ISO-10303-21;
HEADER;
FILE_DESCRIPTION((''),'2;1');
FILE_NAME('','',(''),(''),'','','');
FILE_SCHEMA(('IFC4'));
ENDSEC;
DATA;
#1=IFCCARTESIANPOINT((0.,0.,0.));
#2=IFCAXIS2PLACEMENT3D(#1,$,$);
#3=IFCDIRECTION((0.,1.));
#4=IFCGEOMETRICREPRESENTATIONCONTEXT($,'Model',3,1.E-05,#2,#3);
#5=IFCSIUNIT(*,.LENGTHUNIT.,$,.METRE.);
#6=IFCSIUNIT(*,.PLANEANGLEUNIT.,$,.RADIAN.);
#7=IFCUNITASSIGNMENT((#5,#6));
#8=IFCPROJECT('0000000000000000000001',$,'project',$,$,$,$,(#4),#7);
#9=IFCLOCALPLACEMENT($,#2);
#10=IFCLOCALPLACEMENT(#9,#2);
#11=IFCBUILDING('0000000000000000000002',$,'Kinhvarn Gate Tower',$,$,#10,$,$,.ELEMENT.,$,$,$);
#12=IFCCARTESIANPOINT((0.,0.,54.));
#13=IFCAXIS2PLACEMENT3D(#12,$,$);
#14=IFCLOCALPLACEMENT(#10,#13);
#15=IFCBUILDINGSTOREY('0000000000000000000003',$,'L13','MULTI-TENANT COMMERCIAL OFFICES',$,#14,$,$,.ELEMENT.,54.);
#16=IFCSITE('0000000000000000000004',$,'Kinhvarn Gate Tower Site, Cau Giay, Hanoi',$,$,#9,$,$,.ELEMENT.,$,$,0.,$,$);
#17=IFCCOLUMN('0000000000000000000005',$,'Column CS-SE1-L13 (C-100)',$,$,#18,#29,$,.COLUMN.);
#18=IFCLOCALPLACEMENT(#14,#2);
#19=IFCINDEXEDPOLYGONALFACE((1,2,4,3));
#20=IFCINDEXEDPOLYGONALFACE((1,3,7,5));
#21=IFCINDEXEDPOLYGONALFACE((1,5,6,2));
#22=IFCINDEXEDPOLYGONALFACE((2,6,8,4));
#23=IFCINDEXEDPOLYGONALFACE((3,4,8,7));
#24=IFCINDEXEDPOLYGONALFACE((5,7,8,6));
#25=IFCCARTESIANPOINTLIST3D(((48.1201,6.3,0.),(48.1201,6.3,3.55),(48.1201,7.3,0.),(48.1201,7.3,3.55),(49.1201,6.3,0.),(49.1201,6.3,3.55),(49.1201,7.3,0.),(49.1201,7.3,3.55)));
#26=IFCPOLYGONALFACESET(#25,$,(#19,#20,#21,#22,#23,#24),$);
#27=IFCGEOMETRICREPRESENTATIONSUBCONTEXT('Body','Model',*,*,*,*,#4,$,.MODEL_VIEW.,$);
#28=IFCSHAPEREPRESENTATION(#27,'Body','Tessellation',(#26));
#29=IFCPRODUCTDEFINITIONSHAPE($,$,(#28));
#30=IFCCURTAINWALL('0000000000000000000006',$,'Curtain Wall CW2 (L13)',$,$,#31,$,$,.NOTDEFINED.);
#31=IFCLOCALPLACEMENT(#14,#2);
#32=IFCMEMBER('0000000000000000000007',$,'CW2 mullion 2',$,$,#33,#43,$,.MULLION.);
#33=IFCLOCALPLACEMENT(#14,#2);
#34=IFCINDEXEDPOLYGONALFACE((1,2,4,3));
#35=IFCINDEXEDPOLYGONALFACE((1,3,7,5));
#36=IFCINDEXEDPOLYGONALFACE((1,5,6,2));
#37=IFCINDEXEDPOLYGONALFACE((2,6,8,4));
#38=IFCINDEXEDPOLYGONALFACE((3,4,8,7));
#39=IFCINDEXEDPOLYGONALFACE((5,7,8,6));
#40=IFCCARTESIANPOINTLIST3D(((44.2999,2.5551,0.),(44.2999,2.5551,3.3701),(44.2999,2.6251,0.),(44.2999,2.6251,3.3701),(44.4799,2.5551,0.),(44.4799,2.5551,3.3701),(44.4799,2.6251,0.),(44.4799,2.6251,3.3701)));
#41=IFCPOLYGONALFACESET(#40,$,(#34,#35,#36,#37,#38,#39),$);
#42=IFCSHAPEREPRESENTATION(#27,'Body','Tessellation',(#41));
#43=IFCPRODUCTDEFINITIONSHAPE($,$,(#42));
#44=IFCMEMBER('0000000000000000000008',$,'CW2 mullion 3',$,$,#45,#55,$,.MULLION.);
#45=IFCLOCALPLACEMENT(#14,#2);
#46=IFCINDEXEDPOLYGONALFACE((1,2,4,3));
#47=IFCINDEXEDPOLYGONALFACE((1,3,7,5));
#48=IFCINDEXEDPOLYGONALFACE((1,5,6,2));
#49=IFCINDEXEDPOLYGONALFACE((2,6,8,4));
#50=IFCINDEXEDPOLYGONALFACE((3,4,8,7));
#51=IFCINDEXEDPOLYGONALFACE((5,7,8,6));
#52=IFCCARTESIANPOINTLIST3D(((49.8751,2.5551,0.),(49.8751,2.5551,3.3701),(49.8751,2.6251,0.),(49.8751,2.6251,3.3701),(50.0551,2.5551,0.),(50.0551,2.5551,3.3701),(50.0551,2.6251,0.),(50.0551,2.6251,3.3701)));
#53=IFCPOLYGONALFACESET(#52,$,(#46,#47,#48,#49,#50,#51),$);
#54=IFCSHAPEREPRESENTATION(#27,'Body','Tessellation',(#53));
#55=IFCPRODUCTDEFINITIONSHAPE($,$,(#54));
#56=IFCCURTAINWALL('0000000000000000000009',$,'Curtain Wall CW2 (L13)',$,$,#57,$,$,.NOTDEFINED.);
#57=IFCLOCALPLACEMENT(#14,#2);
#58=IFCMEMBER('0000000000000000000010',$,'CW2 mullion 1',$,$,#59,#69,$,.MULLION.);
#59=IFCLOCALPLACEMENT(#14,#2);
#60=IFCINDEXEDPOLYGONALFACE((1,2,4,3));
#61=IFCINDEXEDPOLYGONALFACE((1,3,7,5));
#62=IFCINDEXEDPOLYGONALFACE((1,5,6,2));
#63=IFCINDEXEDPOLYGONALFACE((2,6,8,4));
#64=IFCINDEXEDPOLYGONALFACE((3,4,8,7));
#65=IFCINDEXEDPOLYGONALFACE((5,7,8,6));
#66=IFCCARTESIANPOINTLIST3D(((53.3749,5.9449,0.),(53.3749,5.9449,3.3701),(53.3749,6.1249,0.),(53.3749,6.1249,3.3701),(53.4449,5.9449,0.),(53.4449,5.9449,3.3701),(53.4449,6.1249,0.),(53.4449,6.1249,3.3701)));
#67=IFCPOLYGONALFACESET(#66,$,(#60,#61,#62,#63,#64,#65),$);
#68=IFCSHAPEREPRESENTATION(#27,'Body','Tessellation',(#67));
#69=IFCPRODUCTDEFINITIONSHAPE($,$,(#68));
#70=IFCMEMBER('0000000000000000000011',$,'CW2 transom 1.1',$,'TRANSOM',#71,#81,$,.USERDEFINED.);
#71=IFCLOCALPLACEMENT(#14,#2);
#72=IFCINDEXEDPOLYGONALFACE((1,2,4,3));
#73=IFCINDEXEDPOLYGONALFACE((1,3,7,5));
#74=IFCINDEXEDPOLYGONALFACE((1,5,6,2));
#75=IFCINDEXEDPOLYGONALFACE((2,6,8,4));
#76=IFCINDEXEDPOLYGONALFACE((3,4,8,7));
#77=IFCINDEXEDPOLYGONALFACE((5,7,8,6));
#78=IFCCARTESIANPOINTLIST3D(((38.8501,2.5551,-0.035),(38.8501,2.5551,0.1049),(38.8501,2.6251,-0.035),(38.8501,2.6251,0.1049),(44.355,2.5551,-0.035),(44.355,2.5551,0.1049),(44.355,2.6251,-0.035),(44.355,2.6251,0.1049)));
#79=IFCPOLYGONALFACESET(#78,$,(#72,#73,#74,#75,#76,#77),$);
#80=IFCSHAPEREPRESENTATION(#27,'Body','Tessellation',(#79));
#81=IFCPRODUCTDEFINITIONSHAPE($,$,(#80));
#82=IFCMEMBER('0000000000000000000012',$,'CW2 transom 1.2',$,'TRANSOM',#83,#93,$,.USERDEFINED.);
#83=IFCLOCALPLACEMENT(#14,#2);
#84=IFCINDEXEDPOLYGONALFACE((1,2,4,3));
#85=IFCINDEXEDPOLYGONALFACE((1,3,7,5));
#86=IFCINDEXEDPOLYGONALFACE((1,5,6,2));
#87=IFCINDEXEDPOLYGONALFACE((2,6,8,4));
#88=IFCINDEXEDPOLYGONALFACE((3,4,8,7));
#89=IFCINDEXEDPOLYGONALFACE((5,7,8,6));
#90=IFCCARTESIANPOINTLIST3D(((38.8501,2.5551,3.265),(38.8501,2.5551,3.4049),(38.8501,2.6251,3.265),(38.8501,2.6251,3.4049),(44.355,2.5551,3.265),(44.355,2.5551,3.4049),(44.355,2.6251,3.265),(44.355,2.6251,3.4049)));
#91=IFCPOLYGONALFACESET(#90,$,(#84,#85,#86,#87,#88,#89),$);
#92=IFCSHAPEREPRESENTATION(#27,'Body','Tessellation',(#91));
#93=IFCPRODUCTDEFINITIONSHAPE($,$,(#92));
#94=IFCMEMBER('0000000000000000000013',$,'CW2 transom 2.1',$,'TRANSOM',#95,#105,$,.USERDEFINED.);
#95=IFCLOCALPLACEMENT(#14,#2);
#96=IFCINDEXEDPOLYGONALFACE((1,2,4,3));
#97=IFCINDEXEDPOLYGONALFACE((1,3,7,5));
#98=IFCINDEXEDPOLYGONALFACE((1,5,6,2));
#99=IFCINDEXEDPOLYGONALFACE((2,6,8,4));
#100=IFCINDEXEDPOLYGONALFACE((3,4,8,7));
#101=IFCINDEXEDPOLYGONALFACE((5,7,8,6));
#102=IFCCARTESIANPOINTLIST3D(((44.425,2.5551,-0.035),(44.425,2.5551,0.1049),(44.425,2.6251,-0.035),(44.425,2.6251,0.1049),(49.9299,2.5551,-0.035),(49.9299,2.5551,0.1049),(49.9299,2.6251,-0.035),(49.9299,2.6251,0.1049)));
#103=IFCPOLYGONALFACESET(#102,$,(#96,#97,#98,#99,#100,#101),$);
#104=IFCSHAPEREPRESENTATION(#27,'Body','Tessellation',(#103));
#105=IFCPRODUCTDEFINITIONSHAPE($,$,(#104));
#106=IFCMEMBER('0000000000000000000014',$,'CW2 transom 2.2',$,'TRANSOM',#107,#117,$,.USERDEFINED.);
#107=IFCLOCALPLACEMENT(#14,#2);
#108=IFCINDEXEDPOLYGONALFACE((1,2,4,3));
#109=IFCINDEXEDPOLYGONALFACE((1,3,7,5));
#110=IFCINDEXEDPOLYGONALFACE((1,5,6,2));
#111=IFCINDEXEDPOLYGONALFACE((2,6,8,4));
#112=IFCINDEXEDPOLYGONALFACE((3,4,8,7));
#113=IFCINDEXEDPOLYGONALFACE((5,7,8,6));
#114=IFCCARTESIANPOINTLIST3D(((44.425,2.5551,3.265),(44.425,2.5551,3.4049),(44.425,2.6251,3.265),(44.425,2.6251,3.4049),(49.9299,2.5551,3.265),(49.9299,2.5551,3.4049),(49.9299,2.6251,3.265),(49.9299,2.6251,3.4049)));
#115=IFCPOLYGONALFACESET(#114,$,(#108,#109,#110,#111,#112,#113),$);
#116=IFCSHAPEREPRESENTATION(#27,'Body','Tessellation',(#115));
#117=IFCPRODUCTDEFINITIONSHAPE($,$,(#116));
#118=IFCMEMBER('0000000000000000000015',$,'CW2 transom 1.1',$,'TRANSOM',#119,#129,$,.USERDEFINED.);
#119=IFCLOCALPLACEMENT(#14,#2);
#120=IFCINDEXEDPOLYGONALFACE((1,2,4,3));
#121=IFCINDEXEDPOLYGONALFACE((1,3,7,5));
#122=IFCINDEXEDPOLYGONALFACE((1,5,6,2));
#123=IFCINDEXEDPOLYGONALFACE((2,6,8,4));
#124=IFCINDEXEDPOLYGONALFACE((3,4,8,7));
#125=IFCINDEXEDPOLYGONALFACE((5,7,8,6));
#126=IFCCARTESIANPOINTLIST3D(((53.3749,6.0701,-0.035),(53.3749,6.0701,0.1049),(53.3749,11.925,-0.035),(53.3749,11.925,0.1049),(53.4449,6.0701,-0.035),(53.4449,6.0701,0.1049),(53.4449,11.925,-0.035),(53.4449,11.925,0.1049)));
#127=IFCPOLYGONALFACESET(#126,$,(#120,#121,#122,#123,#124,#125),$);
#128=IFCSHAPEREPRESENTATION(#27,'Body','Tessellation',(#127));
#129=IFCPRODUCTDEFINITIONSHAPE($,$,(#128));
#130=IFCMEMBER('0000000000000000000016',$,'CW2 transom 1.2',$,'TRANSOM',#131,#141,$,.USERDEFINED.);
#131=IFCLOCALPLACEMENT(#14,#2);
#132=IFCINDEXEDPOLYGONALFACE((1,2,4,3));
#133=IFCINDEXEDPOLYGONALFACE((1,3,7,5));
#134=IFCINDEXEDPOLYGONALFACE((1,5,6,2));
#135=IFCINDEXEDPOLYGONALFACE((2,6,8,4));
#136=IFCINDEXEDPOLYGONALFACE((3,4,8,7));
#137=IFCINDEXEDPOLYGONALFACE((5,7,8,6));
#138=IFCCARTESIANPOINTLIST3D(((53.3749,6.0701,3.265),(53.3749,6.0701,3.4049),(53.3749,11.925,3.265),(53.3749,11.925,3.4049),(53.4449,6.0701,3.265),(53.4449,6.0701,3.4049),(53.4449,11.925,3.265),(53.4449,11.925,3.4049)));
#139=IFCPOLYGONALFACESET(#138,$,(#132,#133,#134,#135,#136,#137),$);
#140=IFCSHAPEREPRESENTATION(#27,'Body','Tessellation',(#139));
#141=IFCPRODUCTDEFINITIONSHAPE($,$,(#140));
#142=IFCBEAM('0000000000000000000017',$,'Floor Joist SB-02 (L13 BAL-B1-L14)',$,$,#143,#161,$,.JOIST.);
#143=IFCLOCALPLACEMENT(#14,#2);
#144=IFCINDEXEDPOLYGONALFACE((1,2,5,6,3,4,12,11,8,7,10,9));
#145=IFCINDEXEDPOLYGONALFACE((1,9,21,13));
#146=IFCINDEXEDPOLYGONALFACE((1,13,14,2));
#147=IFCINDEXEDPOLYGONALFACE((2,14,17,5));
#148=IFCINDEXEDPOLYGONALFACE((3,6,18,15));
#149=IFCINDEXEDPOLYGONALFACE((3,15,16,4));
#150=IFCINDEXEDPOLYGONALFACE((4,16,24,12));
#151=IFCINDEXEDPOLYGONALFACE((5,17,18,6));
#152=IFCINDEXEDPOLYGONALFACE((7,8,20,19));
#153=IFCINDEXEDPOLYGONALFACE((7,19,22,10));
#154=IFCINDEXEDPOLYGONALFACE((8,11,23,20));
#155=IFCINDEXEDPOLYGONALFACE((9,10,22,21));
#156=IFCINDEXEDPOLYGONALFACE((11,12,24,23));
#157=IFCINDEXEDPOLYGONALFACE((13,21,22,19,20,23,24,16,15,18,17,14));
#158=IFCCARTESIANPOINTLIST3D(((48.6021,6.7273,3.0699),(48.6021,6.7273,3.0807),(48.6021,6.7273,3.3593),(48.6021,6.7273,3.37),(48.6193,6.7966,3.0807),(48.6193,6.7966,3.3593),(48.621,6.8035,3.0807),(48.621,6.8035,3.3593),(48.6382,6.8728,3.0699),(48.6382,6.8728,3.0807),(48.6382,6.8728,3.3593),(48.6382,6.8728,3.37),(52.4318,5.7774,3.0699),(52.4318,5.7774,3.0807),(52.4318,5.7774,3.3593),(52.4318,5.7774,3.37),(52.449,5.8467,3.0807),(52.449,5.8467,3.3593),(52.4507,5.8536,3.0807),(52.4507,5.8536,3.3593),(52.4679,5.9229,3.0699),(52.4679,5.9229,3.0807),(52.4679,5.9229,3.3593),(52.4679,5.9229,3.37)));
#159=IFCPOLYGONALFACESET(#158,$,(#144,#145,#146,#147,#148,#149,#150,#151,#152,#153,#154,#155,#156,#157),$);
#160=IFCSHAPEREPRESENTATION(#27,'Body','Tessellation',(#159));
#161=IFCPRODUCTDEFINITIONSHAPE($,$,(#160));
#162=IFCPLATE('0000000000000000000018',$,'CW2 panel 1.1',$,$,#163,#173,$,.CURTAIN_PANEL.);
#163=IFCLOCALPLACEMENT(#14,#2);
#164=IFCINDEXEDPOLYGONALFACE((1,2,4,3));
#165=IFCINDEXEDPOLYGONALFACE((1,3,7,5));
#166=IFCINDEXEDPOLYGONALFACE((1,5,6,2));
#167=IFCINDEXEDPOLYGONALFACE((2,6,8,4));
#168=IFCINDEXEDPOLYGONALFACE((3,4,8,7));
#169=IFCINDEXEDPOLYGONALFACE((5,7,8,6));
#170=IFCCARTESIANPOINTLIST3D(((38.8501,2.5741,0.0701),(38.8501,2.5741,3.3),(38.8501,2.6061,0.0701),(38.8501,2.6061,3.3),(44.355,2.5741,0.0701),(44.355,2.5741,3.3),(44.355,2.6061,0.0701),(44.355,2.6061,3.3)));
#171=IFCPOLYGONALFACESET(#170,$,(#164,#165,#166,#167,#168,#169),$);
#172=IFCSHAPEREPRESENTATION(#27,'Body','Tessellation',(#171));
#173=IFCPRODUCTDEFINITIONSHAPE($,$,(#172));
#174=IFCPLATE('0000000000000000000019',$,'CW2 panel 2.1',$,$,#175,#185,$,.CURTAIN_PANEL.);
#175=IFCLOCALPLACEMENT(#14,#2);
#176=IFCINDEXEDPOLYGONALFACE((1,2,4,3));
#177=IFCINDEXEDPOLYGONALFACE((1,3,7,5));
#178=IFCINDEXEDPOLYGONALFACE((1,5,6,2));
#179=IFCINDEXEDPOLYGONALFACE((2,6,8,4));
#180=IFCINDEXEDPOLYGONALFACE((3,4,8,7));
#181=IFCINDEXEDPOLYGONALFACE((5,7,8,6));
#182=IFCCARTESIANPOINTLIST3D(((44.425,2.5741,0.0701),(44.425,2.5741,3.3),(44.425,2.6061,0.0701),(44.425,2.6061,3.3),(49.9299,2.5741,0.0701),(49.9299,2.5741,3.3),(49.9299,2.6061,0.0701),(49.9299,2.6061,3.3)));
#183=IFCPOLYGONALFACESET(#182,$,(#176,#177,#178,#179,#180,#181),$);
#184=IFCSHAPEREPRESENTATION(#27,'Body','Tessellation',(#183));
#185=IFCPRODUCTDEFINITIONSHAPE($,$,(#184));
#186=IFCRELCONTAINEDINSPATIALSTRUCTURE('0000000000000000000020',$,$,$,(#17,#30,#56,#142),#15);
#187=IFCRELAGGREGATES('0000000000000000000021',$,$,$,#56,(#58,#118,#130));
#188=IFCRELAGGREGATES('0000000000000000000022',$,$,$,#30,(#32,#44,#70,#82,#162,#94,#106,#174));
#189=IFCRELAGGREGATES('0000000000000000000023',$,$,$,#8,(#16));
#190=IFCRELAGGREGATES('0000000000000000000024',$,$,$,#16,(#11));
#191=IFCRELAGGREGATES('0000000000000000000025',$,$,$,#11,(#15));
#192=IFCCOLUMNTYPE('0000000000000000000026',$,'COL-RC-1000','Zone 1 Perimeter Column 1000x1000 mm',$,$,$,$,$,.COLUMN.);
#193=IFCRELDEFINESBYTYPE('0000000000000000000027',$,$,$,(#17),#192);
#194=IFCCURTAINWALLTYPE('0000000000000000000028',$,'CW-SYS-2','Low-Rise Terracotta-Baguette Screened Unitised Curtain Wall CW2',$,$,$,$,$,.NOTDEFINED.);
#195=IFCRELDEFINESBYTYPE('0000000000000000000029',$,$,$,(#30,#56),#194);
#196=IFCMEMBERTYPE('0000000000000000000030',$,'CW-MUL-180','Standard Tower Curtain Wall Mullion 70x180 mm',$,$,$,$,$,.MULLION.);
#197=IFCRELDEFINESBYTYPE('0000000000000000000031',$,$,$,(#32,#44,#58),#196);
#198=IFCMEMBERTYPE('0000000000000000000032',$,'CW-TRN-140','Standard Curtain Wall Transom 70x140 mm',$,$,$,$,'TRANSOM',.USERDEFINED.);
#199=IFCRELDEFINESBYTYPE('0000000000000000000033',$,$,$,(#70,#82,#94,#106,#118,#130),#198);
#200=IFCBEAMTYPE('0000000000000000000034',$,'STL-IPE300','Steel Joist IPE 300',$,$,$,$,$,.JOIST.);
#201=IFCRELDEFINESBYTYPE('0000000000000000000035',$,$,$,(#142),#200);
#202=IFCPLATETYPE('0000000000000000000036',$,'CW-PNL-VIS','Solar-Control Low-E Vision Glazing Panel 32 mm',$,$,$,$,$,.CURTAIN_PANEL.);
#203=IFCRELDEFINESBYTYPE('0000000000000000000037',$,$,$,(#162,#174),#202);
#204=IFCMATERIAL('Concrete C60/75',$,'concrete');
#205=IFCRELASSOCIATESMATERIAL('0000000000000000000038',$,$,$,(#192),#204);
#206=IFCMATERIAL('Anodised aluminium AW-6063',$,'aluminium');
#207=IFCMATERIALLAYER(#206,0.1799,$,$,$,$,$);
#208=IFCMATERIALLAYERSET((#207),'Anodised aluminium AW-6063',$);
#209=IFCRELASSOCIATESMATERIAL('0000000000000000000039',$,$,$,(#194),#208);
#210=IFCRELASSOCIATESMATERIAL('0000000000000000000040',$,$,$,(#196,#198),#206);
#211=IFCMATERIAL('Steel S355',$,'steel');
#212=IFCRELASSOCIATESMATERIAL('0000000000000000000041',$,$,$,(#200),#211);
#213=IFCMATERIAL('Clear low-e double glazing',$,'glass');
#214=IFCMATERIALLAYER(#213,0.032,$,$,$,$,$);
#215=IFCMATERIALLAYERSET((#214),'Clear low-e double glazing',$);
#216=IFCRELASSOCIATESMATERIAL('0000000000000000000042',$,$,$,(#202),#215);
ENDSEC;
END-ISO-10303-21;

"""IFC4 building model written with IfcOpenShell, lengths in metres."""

from ifc_helpers import new_model, si_unit, direction, frame, origin, origin_2d, place, context, subcontext, project, spatial, rectangle, i_section, extrude, material, layer, layer_set, material_profile, profile_set, type_object, element, aggregate, save


model = new_model("IFC4")

# Units and contexts
model_context = context("Model", 3, precision=1e-05, world=origin(), true_north=direction((0.0, 1.0)))
body_context = subcontext(model_context, "Body", "Model", "MODEL_VIEW")
ifc_project = project(units=[si_unit("LENGTHUNIT", "METRE"), si_unit("PLANEANGLEUNIT", "RADIAN")], contexts=[model_context])

# Site, building, storey
site_placement = place(None, origin())
site = spatial("IfcSite", under=ifc_project, at=site_placement, Name="Kinhvarn Gate Tower Site, Cau Giay, Hanoi", CompositionType="ELEMENT", RefElevation=0.0)
building_placement = place(site_placement, origin())
building = spatial("IfcBuilding", under=site, at=building_placement, Name="Kinhvarn Gate Tower", CompositionType="ELEMENT")
storey_placement = place(building_placement, frame((0.0, 0.0, 54.0)))
storey = spatial("IfcBuildingStorey", under=building, at=storey_placement, Name="L13", Description="MULTI-TENANT COMMERCIAL OFFICES", CompositionType="ELEMENT", Elevation=54.0)

# Column
ifc_material_1 = material(Name="Concrete C60/75", Category="concrete")
ifc_material_profile_1 = material_profile(ifc_material_1, rectangle(XDim=1.0, YDim=1.0, at=origin_2d()), Name="RC 1000x1000")
ifc_profile_set_1 = profile_set([ifc_material_profile_1], Name="Concrete C60/75")
column_type = type_object("IfcColumnType", Name="COL-RC-1000", Description="Zone 1 Perimeter Column 1000x1000 mm", PredefinedType="COLUMN", material=ifc_profile_set_1)
column_placement = place(storey_placement, frame((48.6201, 6.8, 0.0), z_axis=(0.0, 0.0, 1.0), x_axis=(1.0, 0.0, 0.0)))
element("IfcColumn", 1, at=column_placement, inside=storey, type_object=column_type, Name="Column CS-SE1-L13 (C-100)", PredefinedType="COLUMN", context=body_context, shape_type="SweptSolid", body=[
    extrude(rectangle(XDim=1.0, YDim=1.0, at=origin_2d()), origin(), (0.0, 0.0, 1.0), 3.55),
])

# Curtain wall, members
ifc_material_2 = material(Name="Anodised aluminium AW-6063", Category="aluminium")
ifc_layer_1 = layer(ifc_material_2, 0.1799)
ifc_layer_set_1 = layer_set([ifc_layer_1], Name="Anodised aluminium AW-6063")
curtain_wall_type = type_object("IfcCurtainWallType", Name="CW-SYS-2", Description="Low-Rise Terracotta-Baguette Screened Unitised Curtain Wall CW2", PredefinedType="NOTDEFINED", material=ifc_layer_set_1)
curtain_wall_1_placement = place(storey_placement, origin())
curtain_wall_1 = element("IfcCurtainWall", 2, at=curtain_wall_1_placement, inside=storey, type_object=curtain_wall_type, Name="Curtain Wall CW2 (L13)", PredefinedType="NOTDEFINED")
ifc_material_profile_2 = material_profile(ifc_material_2, rectangle(XDim=0.0701, YDim=0.1799, at=origin_2d()), Name="ALU 70x180")
ifc_profile_set_2 = profile_set([ifc_material_profile_2], Name="Anodised aluminium AW-6063")
member_type_1 = type_object("IfcMemberType", Name="CW-MUL-180", Description="Standard Tower Curtain Wall Mullion 70x180 mm", PredefinedType="MULLION", material=ifc_profile_set_2)
member_1_placement = place(storey_placement, frame((44.3899, 2.5901, 0.0), z_axis=(0.0, 0.0, 1.0), x_axis=(0.0, 1.0, 0.0)))
member_1 = element("IfcMember", 3, at=member_1_placement, type_object=member_type_1, Name="CW2 mullion 2", PredefinedType="MULLION", context=body_context, shape_type="SweptSolid", body=[
    extrude(rectangle(XDim=0.0701, YDim=0.1799, at=origin_2d()), origin(), (0.0, 0.0, 1.0), 3.3701),
])
member_2_placement = place(storey_placement, frame((49.9651, 2.5901, 0.0), z_axis=(0.0, 0.0, 1.0), x_axis=(0.0, 1.0, 0.0)))
member_2 = element("IfcMember", 4, at=member_2_placement, type_object=member_type_1, Name="CW2 mullion 3", PredefinedType="MULLION", context=body_context, shape_type="SweptSolid", body=[
    extrude(rectangle(XDim=0.0701, YDim=0.1799, at=origin_2d()), origin(), (0.0, 0.0, 1.0), 3.3701),
])

# Curtain wall, member
curtain_wall_2_placement = place(storey_placement, origin())
curtain_wall_2 = element("IfcCurtainWall", 5, at=curtain_wall_2_placement, inside=storey, type_object=curtain_wall_type, Name="Curtain Wall CW2 (L13)", PredefinedType="NOTDEFINED")
member_3_placement = place(storey_placement, frame((53.4099, 6.0349, 0.0), z_axis=(0.0, 0.0, 1.0), x_axis=(-1.0, 0.0, 0.0)))
member_3 = element("IfcMember", 6, at=member_3_placement, type_object=member_type_1, Name="CW2 mullion 1", PredefinedType="MULLION", context=body_context, shape_type="SweptSolid", body=[
    extrude(rectangle(XDim=0.0701, YDim=0.1799, at=origin_2d()), origin(), (0.0, 0.0, 1.0), 3.3701),
])

# Members
ifc_material_profile_3 = material_profile(ifc_material_2, rectangle(XDim=0.0701, YDim=0.1399, at=origin_2d()), Name="ALU 70x140")
ifc_profile_set_3 = profile_set([ifc_material_profile_3], Name="Anodised aluminium AW-6063")
member_type_2 = type_object("IfcMemberType", Name="CW-TRN-140", Description="Standard Curtain Wall Transom 70x140 mm", ElementType="TRANSOM", PredefinedType="USERDEFINED", material=ifc_profile_set_3)
member_4_placement = place(storey_placement, frame((38.8501, 2.5901, 0.0349), z_axis=(1.0, 0.0, 0.0), x_axis=(0.0, 1.0, 0.0)))
member_4 = element("IfcMember", 7, at=member_4_placement, type_object=member_type_2, Name="CW2 transom 1.1", ObjectType="TRANSOM", PredefinedType="USERDEFINED", context=body_context, shape_type="SweptSolid", body=[
    extrude(rectangle(XDim=0.0701, YDim=0.1399, at=origin_2d()), origin(), (0.0, 0.0, 1.0), 5.5049),
])
member_5_placement = place(storey_placement, frame((38.8501, 2.5901, 3.335), z_axis=(1.0, 0.0, 0.0), x_axis=(0.0, 1.0, 0.0)))
member_5 = element("IfcMember", 8, at=member_5_placement, type_object=member_type_2, Name="CW2 transom 1.2", ObjectType="TRANSOM", PredefinedType="USERDEFINED", context=body_context, shape_type="SweptSolid", body=[
    extrude(rectangle(XDim=0.0701, YDim=0.1399, at=origin_2d()), origin(), (0.0, 0.0, 1.0), 5.5049),
])
member_6_placement = place(storey_placement, frame((44.425, 2.5901, 0.0349), z_axis=(1.0, 0.0, 0.0), x_axis=(0.0, 1.0, 0.0)))
member_6 = element("IfcMember", 9, at=member_6_placement, type_object=member_type_2, Name="CW2 transom 2.1", ObjectType="TRANSOM", PredefinedType="USERDEFINED", context=body_context, shape_type="SweptSolid", body=[
    extrude(rectangle(XDim=0.0701, YDim=0.1399, at=origin_2d()), origin(), (0.0, 0.0, 1.0), 5.5049),
])
member_7_placement = place(storey_placement, frame((44.425, 2.5901, 3.335), z_axis=(1.0, 0.0, 0.0), x_axis=(0.0, 1.0, 0.0)))
member_7 = element("IfcMember", 10, at=member_7_placement, type_object=member_type_2, Name="CW2 transom 2.2", ObjectType="TRANSOM", PredefinedType="USERDEFINED", context=body_context, shape_type="SweptSolid", body=[
    extrude(rectangle(XDim=0.0701, YDim=0.1399, at=origin_2d()), origin(), (0.0, 0.0, 1.0), 5.5049),
])
member_8_placement = place(storey_placement, frame((53.4099, 6.0701, 0.0349), z_axis=(0.0, 1.0, 0.0), x_axis=(-1.0, 0.0, 0.0)))
member_8 = element("IfcMember", 11, at=member_8_placement, type_object=member_type_2, Name="CW2 transom 1.1", ObjectType="TRANSOM", PredefinedType="USERDEFINED", context=body_context, shape_type="SweptSolid", body=[
    extrude(rectangle(XDim=0.0701, YDim=0.1399, at=origin_2d()), origin(), (0.0, 0.0, 1.0), 5.855),
])
member_9_placement = place(storey_placement, frame((53.4099, 6.0701, 3.335), z_axis=(0.0, 1.0, 0.0), x_axis=(-1.0, 0.0, 0.0)))
member_9 = element("IfcMember", 12, at=member_9_placement, type_object=member_type_2, Name="CW2 transom 1.2", ObjectType="TRANSOM", PredefinedType="USERDEFINED", context=body_context, shape_type="SweptSolid", body=[
    extrude(rectangle(XDim=0.0701, YDim=0.1399, at=origin_2d()), origin(), (0.0, 0.0, 1.0), 5.855),
])
aggregate(curtain_wall_2, [member_3, member_8, member_9])

# Beam
ifc_material_3 = material(Name="Steel S355", Category="steel")
ifc_material_profile_4 = material_profile(ifc_material_3, i_section(OverallWidth=0.1499, OverallDepth=0.3, WebThickness=0.0071, FlangeThickness=0.0107, at=origin_2d()), Name="IPE 300")
ifc_profile_set_4 = profile_set([ifc_material_profile_4], Name="Steel S355")
beam_type = type_object("IfcBeamType", Name="STL-IPE300", Description="Steel Joist IPE 300", PredefinedType="JOIST", material=ifc_profile_set_4)
beam_placement = place(storey_placement, frame((48.6201, 6.8, 3.22), z_axis=(0.970589, -0.240745, 0.0), x_axis=(0.240745, 0.970589, 0.0)))
element("IfcBeam", 13, at=beam_placement, inside=storey, type_object=beam_type, Name="Floor Joist SB-02 (L13 BAL-B1-L14)", PredefinedType="JOIST", context=body_context, shape_type="SweptSolid", body=[
    extrude(i_section(OverallWidth=0.1499, OverallDepth=0.3, WebThickness=0.0071, FlangeThickness=0.0107, at=origin_2d()), origin(), (0.0, 0.0, 1.0), 3.9458),
])

# Plates
ifc_material_4 = material(Name="Clear low-e double glazing", Category="glass")
ifc_layer_2 = layer(ifc_material_4, 0.032)
ifc_layer_set_2 = layer_set([ifc_layer_2], Name="Clear low-e double glazing")
plate_type = type_object("IfcPlateType", Name="CW-PNL-VIS", Description="Solar-Control Low-E Vision Glazing Panel 32 mm", PredefinedType="CURTAIN_PANEL", material=ifc_layer_set_2)
plate_1_placement = place(storey_placement, frame((41.6025, 2.5901, 0.0701), z_axis=(0.0, 0.0, 1.0), x_axis=(1.0, 0.0, 0.0)))
plate_1 = element("IfcPlate", 14, at=plate_1_placement, type_object=plate_type, Name="CW2 panel 1.1", PredefinedType="CURTAIN_PANEL", context=body_context, shape_type="SweptSolid", body=[
    extrude(rectangle(XDim=5.5049, YDim=0.032, at=origin_2d()), origin(), (0.0, 0.0, 1.0), 3.23),
])
plate_2_placement = place(storey_placement, frame((47.1775, 2.5901, 0.0701), z_axis=(0.0, 0.0, 1.0), x_axis=(1.0, 0.0, 0.0)))
plate_2 = element("IfcPlate", 15, at=plate_2_placement, type_object=plate_type, Name="CW2 panel 2.1", PredefinedType="CURTAIN_PANEL", context=body_context, shape_type="SweptSolid", body=[
    extrude(rectangle(XDim=5.5049, YDim=0.032, at=origin_2d()), origin(), (0.0, 0.0, 1.0), 3.23),
])
aggregate(curtain_wall_1, [member_1, member_2, member_4, member_5, plate_1, member_6, member_7, plate_2])

save(model, "model.ifc")
